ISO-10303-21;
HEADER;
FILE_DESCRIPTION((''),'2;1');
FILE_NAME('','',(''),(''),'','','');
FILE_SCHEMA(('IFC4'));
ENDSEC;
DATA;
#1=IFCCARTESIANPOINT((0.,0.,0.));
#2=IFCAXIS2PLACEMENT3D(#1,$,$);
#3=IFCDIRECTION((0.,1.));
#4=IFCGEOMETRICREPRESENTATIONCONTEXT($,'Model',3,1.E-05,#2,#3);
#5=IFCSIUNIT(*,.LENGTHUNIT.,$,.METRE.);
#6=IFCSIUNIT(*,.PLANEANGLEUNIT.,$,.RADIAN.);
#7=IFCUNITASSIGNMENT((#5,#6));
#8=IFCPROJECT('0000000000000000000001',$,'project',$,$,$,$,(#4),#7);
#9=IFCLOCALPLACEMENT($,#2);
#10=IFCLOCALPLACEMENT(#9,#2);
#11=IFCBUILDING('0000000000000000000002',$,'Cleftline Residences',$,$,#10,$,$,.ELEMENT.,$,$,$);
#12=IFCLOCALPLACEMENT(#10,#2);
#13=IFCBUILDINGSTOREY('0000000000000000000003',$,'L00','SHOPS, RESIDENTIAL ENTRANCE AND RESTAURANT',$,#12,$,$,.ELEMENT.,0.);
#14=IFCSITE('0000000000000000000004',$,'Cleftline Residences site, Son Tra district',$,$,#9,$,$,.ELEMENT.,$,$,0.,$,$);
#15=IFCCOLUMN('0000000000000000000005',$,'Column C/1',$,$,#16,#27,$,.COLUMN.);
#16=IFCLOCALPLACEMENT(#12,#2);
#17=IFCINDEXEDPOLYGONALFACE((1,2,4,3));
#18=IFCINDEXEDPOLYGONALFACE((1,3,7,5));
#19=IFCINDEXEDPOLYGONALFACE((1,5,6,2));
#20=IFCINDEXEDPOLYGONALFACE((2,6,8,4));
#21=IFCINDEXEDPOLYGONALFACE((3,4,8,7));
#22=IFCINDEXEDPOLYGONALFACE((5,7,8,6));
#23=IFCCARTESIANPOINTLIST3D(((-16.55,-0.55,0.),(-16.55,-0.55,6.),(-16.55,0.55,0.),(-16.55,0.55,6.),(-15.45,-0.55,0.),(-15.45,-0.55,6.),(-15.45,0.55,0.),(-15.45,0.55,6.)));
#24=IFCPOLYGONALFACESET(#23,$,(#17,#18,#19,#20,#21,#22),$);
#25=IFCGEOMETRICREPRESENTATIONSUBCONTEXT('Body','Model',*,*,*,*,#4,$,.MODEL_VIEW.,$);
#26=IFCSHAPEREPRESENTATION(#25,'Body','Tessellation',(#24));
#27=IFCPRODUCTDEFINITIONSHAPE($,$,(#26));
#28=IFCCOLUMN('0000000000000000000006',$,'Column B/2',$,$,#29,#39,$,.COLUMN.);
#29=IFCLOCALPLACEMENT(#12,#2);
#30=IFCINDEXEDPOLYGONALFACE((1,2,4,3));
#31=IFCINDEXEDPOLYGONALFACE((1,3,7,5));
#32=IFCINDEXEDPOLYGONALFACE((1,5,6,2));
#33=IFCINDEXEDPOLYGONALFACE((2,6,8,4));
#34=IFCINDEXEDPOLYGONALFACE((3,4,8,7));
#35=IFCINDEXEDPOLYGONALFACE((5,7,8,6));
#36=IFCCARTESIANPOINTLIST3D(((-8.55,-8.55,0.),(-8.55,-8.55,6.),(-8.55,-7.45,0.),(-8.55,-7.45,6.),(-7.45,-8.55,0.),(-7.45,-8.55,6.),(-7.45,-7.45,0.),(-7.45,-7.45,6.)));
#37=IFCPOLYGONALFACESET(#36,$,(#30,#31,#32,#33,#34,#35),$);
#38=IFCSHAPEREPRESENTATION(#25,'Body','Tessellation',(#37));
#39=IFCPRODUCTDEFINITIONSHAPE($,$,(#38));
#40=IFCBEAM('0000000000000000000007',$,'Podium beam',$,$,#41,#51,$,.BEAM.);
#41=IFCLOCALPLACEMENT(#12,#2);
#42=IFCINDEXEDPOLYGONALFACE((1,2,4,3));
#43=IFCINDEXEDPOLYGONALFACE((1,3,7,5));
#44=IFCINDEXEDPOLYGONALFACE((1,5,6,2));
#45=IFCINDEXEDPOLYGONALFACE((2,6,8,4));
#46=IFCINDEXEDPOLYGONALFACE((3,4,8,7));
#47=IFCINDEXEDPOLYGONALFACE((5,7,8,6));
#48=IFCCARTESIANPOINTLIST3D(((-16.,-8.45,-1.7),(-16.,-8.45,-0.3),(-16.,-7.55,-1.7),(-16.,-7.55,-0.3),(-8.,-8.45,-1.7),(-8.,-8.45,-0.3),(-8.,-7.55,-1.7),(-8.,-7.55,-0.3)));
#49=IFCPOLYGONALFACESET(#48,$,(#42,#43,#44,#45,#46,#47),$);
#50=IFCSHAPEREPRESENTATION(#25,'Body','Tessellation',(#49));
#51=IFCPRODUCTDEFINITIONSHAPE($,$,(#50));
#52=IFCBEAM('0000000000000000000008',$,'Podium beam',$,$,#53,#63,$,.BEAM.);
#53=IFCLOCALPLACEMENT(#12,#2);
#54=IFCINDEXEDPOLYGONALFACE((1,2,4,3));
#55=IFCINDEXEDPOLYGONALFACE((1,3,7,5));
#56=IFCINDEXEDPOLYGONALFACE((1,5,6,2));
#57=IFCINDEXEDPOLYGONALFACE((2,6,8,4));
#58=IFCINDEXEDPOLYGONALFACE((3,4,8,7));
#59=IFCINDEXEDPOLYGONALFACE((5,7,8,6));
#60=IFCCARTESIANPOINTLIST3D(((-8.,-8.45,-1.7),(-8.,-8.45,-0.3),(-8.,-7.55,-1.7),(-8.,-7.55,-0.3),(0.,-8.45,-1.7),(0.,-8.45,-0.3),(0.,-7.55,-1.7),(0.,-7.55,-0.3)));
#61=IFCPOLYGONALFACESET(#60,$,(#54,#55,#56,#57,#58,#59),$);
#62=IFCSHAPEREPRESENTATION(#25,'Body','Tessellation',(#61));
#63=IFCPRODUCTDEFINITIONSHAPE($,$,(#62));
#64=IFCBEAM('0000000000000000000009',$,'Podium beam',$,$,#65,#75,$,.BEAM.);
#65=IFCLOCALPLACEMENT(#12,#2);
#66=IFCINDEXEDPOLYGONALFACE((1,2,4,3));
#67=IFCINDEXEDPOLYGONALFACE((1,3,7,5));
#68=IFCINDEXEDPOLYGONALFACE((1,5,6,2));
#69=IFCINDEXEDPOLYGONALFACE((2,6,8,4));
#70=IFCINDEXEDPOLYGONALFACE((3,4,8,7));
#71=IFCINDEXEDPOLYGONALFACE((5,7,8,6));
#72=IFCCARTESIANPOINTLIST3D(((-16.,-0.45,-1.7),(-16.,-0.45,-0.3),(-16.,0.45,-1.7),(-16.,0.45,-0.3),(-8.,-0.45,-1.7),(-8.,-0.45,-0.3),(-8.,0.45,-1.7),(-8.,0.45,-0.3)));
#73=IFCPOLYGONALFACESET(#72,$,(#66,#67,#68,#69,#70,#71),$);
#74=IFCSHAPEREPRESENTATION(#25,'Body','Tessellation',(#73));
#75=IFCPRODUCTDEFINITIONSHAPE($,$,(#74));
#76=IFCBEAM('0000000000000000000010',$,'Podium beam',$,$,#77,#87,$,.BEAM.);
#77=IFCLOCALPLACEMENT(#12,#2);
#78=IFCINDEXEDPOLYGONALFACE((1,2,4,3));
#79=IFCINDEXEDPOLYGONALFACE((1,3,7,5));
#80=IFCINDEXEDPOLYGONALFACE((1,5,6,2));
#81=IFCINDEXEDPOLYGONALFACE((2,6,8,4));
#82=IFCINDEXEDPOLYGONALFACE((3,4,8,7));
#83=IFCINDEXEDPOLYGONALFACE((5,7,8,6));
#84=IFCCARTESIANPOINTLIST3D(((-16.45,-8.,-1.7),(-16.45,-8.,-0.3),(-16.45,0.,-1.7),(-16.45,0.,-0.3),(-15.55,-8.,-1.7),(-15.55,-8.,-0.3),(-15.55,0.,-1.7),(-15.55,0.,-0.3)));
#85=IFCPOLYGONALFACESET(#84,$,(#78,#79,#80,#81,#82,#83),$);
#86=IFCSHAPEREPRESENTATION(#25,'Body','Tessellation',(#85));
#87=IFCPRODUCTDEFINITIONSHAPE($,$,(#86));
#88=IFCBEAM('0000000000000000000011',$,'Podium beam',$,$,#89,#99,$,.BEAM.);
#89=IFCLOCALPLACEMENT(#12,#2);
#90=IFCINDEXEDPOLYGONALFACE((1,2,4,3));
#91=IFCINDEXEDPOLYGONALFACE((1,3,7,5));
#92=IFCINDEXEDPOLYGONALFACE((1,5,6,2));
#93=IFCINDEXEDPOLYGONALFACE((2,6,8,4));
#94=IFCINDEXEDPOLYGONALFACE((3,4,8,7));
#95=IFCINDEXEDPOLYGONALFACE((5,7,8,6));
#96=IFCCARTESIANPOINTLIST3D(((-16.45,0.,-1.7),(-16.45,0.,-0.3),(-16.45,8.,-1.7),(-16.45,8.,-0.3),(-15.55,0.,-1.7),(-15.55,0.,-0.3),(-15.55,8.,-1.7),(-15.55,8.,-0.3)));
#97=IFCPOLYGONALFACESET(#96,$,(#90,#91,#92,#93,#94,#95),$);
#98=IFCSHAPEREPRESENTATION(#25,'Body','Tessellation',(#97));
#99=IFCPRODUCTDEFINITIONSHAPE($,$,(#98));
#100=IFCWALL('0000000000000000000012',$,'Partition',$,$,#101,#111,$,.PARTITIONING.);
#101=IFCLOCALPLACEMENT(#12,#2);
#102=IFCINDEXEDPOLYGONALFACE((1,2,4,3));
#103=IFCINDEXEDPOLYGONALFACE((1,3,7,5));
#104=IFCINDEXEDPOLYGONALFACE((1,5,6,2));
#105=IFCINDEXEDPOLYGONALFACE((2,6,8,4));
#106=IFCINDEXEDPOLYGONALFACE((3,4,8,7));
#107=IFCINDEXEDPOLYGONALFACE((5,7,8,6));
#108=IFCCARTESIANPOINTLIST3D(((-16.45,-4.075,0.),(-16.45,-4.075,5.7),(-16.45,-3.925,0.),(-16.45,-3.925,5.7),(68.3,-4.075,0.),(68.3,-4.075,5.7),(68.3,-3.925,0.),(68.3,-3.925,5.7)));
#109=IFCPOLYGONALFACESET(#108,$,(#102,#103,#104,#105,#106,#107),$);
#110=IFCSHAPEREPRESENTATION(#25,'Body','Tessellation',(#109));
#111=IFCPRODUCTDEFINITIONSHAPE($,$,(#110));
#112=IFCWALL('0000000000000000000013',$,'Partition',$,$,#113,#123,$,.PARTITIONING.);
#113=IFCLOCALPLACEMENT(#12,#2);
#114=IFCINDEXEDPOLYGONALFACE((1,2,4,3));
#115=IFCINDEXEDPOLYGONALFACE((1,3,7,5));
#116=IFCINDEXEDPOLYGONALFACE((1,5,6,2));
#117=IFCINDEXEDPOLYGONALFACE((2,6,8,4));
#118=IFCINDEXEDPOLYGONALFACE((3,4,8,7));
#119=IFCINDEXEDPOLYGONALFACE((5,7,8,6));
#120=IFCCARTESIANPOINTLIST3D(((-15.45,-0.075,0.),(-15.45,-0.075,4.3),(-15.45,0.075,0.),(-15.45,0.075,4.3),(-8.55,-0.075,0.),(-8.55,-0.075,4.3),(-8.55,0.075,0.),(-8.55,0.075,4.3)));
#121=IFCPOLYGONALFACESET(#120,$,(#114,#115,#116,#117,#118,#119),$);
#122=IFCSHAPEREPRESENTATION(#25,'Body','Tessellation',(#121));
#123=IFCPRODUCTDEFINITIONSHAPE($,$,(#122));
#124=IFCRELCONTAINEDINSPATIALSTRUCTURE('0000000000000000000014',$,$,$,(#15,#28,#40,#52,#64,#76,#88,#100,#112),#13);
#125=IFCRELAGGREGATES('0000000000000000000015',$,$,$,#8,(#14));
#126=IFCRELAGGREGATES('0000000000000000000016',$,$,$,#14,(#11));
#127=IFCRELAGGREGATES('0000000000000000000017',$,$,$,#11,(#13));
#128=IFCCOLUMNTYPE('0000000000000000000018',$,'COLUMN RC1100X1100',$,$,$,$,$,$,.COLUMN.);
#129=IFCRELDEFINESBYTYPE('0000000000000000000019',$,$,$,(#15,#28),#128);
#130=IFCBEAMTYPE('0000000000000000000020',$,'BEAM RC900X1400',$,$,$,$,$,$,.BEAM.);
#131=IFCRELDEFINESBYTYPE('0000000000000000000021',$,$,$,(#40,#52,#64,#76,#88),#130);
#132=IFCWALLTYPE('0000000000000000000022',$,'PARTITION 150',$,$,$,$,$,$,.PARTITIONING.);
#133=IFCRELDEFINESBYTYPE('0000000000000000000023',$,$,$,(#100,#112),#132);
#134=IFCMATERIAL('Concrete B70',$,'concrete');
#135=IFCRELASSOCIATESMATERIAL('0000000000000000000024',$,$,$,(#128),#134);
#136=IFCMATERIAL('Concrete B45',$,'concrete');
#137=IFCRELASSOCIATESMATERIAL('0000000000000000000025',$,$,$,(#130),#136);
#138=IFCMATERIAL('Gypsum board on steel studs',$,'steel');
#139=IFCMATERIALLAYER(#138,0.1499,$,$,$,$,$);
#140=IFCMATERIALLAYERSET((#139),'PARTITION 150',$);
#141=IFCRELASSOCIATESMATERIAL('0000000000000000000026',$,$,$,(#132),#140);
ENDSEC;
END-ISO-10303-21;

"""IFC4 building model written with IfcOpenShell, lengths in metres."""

from ifc_helpers import new_model, si_unit, direction, frame, frame_2d, origin, origin_2d, place, context, subcontext, project, spatial, rectangle, extrude, material, layer, layer_set, material_profile, profile_set, type_object, element, save


model = new_model("IFC4")

# Units and contexts
model_context = context("Model", 3, precision=1e-05, world=origin(), true_north=direction((0.0, 1.0)))
body_context = subcontext(model_context, "Body", "Model", "MODEL_VIEW")
ifc_project = project(units=[si_unit("LENGTHUNIT", "METRE"), si_unit("PLANEANGLEUNIT", "RADIAN")], contexts=[model_context])

# Site, building, storey
site_placement = place(None, origin())
site = spatial("IfcSite", under=ifc_project, at=site_placement, Name="Cleftline Residences site, Son Tra district", CompositionType="ELEMENT", RefElevation=0.0)
building_placement = place(site_placement, origin())
building = spatial("IfcBuilding", under=site, at=building_placement, Name="Cleftline Residences", CompositionType="ELEMENT")
storey_placement = place(building_placement, origin())
storey = spatial("IfcBuildingStorey", under=building, at=storey_placement, Name="L00", Description="SHOPS, RESIDENTIAL ENTRANCE AND RESTAURANT", CompositionType="ELEMENT", Elevation=0.0)

# Columns
ifc_material_1 = material(Name="Concrete B70", Category="concrete")
ifc_material_profile_1 = material_profile(ifc_material_1, rectangle(XDim=1.1001, YDim=1.1001, at=origin_2d()))
ifc_profile_set_1 = profile_set([ifc_material_profile_1], Name="Concrete B70")
column_type = type_object("IfcColumnType", Name="COLUMN RC1100X1100", PredefinedType="COLUMN", material=ifc_profile_set_1)
for number, where, z_axis, x_axis, name in (
    (1, (-16.0, 0.0, 0.0), (0.0, 0.0, 1.0), (1.0, 0.0, 0.0), "Column C/1"),
    (2, (-8.0, -8.0, 0.0), (0.0, 0.0, 1.0), (1.0, 0.0, 0.0), "Column B/2"),
):
    element("IfcColumn", number, at=place(storey_placement, frame(where, z_axis=z_axis, x_axis=x_axis)), inside=storey, type_object=column_type, Name=name, PredefinedType="COLUMN", context=body_context, shape_type="SweptSolid", body=[
        extrude(rectangle(XDim=1.1001, YDim=1.1001, at=origin_2d()), origin(), (0.0, 0.0, 1.0), 6.0),
    ])

# Beams
ifc_material_2 = material(Name="Concrete B45", Category="concrete")
ifc_material_profile_2 = material_profile(ifc_material_2, rectangle(XDim=0.8999, YDim=1.3999, at=origin_2d()))
ifc_profile_set_2 = profile_set([ifc_material_profile_2], Name="Concrete B45")
beam_type = type_object("IfcBeamType", Name="BEAM RC900X1400", PredefinedType="BEAM", material=ifc_profile_set_2)
for number, where, z_axis, x_axis, name in (
    (3, (-16.0, -8.0, -1.0), (1.0, 0.0, 0.0), (0.0, 1.0, 0.0), "Podium beam"),
    (4, (-8.0, -8.0, -1.0), (1.0, 0.0, 0.0), (0.0, 1.0, 0.0), "Podium beam"),
    (5, (-16.0, 0.0, -1.0), (1.0, 0.0, 0.0), (0.0, 1.0, 0.0), "Podium beam"),
    (6, (-16.0, -8.0, -1.0), (0.0, 1.0, 0.0), (-1.0, 0.0, 0.0), "Podium beam"),
    (7, (-16.0, 0.0, -1.0), (0.0, 1.0, 0.0), (-1.0, 0.0, 0.0), "Podium beam"),
):
    element("IfcBeam", number, at=place(storey_placement, frame(where, z_axis=z_axis, x_axis=x_axis)), inside=storey, type_object=beam_type, Name=name, PredefinedType="BEAM", context=body_context, shape_type="SweptSolid", body=[
        extrude(rectangle(XDim=0.8999, YDim=1.3999, at=origin_2d()), origin(), (0.0, 0.0, 1.0), 8.0),
    ])

# Walls
ifc_material_3 = material(Name="Gypsum board on steel studs", Category="steel")
ifc_layer = layer(ifc_material_3, 0.1499)
ifc_layer_set = layer_set([ifc_layer], Name="PARTITION 150")
wall_type = type_object("IfcWallType", Name="PARTITION 150", PredefinedType="PARTITIONING", material=ifc_layer_set)
wall_1_placement = place(storey_placement, frame((-16.45, -4.0, 0.0), z_axis=(0.0, 0.0, 1.0), x_axis=(1.0, 0.0, 0.0)))
element("IfcWall", 8, at=wall_1_placement, inside=storey, type_object=wall_type, Name="Partition", PredefinedType="PARTITIONING", context=body_context, shape_type="SweptSolid", body=[
    extrude(rectangle(XDim=84.75, YDim=0.1499, at=frame_2d((42.375, 0.0))), origin(), (0.0, 0.0, 1.0), 5.7),
])
wall_2_placement = place(storey_placement, frame((-15.45, 0.0, 0.0), z_axis=(0.0, 0.0, 1.0), x_axis=(1.0, 0.0, 0.0)))
element("IfcWall", 9, at=wall_2_placement, inside=storey, type_object=wall_type, Name="Partition", PredefinedType="PARTITIONING", context=body_context, shape_type="SweptSolid", body=[
    extrude(rectangle(XDim=6.8999, YDim=0.1499, at=frame_2d((3.45, 0.0))), origin(), (0.0, 0.0, 1.0), 4.3),
])

save(model, "model.ifc")
